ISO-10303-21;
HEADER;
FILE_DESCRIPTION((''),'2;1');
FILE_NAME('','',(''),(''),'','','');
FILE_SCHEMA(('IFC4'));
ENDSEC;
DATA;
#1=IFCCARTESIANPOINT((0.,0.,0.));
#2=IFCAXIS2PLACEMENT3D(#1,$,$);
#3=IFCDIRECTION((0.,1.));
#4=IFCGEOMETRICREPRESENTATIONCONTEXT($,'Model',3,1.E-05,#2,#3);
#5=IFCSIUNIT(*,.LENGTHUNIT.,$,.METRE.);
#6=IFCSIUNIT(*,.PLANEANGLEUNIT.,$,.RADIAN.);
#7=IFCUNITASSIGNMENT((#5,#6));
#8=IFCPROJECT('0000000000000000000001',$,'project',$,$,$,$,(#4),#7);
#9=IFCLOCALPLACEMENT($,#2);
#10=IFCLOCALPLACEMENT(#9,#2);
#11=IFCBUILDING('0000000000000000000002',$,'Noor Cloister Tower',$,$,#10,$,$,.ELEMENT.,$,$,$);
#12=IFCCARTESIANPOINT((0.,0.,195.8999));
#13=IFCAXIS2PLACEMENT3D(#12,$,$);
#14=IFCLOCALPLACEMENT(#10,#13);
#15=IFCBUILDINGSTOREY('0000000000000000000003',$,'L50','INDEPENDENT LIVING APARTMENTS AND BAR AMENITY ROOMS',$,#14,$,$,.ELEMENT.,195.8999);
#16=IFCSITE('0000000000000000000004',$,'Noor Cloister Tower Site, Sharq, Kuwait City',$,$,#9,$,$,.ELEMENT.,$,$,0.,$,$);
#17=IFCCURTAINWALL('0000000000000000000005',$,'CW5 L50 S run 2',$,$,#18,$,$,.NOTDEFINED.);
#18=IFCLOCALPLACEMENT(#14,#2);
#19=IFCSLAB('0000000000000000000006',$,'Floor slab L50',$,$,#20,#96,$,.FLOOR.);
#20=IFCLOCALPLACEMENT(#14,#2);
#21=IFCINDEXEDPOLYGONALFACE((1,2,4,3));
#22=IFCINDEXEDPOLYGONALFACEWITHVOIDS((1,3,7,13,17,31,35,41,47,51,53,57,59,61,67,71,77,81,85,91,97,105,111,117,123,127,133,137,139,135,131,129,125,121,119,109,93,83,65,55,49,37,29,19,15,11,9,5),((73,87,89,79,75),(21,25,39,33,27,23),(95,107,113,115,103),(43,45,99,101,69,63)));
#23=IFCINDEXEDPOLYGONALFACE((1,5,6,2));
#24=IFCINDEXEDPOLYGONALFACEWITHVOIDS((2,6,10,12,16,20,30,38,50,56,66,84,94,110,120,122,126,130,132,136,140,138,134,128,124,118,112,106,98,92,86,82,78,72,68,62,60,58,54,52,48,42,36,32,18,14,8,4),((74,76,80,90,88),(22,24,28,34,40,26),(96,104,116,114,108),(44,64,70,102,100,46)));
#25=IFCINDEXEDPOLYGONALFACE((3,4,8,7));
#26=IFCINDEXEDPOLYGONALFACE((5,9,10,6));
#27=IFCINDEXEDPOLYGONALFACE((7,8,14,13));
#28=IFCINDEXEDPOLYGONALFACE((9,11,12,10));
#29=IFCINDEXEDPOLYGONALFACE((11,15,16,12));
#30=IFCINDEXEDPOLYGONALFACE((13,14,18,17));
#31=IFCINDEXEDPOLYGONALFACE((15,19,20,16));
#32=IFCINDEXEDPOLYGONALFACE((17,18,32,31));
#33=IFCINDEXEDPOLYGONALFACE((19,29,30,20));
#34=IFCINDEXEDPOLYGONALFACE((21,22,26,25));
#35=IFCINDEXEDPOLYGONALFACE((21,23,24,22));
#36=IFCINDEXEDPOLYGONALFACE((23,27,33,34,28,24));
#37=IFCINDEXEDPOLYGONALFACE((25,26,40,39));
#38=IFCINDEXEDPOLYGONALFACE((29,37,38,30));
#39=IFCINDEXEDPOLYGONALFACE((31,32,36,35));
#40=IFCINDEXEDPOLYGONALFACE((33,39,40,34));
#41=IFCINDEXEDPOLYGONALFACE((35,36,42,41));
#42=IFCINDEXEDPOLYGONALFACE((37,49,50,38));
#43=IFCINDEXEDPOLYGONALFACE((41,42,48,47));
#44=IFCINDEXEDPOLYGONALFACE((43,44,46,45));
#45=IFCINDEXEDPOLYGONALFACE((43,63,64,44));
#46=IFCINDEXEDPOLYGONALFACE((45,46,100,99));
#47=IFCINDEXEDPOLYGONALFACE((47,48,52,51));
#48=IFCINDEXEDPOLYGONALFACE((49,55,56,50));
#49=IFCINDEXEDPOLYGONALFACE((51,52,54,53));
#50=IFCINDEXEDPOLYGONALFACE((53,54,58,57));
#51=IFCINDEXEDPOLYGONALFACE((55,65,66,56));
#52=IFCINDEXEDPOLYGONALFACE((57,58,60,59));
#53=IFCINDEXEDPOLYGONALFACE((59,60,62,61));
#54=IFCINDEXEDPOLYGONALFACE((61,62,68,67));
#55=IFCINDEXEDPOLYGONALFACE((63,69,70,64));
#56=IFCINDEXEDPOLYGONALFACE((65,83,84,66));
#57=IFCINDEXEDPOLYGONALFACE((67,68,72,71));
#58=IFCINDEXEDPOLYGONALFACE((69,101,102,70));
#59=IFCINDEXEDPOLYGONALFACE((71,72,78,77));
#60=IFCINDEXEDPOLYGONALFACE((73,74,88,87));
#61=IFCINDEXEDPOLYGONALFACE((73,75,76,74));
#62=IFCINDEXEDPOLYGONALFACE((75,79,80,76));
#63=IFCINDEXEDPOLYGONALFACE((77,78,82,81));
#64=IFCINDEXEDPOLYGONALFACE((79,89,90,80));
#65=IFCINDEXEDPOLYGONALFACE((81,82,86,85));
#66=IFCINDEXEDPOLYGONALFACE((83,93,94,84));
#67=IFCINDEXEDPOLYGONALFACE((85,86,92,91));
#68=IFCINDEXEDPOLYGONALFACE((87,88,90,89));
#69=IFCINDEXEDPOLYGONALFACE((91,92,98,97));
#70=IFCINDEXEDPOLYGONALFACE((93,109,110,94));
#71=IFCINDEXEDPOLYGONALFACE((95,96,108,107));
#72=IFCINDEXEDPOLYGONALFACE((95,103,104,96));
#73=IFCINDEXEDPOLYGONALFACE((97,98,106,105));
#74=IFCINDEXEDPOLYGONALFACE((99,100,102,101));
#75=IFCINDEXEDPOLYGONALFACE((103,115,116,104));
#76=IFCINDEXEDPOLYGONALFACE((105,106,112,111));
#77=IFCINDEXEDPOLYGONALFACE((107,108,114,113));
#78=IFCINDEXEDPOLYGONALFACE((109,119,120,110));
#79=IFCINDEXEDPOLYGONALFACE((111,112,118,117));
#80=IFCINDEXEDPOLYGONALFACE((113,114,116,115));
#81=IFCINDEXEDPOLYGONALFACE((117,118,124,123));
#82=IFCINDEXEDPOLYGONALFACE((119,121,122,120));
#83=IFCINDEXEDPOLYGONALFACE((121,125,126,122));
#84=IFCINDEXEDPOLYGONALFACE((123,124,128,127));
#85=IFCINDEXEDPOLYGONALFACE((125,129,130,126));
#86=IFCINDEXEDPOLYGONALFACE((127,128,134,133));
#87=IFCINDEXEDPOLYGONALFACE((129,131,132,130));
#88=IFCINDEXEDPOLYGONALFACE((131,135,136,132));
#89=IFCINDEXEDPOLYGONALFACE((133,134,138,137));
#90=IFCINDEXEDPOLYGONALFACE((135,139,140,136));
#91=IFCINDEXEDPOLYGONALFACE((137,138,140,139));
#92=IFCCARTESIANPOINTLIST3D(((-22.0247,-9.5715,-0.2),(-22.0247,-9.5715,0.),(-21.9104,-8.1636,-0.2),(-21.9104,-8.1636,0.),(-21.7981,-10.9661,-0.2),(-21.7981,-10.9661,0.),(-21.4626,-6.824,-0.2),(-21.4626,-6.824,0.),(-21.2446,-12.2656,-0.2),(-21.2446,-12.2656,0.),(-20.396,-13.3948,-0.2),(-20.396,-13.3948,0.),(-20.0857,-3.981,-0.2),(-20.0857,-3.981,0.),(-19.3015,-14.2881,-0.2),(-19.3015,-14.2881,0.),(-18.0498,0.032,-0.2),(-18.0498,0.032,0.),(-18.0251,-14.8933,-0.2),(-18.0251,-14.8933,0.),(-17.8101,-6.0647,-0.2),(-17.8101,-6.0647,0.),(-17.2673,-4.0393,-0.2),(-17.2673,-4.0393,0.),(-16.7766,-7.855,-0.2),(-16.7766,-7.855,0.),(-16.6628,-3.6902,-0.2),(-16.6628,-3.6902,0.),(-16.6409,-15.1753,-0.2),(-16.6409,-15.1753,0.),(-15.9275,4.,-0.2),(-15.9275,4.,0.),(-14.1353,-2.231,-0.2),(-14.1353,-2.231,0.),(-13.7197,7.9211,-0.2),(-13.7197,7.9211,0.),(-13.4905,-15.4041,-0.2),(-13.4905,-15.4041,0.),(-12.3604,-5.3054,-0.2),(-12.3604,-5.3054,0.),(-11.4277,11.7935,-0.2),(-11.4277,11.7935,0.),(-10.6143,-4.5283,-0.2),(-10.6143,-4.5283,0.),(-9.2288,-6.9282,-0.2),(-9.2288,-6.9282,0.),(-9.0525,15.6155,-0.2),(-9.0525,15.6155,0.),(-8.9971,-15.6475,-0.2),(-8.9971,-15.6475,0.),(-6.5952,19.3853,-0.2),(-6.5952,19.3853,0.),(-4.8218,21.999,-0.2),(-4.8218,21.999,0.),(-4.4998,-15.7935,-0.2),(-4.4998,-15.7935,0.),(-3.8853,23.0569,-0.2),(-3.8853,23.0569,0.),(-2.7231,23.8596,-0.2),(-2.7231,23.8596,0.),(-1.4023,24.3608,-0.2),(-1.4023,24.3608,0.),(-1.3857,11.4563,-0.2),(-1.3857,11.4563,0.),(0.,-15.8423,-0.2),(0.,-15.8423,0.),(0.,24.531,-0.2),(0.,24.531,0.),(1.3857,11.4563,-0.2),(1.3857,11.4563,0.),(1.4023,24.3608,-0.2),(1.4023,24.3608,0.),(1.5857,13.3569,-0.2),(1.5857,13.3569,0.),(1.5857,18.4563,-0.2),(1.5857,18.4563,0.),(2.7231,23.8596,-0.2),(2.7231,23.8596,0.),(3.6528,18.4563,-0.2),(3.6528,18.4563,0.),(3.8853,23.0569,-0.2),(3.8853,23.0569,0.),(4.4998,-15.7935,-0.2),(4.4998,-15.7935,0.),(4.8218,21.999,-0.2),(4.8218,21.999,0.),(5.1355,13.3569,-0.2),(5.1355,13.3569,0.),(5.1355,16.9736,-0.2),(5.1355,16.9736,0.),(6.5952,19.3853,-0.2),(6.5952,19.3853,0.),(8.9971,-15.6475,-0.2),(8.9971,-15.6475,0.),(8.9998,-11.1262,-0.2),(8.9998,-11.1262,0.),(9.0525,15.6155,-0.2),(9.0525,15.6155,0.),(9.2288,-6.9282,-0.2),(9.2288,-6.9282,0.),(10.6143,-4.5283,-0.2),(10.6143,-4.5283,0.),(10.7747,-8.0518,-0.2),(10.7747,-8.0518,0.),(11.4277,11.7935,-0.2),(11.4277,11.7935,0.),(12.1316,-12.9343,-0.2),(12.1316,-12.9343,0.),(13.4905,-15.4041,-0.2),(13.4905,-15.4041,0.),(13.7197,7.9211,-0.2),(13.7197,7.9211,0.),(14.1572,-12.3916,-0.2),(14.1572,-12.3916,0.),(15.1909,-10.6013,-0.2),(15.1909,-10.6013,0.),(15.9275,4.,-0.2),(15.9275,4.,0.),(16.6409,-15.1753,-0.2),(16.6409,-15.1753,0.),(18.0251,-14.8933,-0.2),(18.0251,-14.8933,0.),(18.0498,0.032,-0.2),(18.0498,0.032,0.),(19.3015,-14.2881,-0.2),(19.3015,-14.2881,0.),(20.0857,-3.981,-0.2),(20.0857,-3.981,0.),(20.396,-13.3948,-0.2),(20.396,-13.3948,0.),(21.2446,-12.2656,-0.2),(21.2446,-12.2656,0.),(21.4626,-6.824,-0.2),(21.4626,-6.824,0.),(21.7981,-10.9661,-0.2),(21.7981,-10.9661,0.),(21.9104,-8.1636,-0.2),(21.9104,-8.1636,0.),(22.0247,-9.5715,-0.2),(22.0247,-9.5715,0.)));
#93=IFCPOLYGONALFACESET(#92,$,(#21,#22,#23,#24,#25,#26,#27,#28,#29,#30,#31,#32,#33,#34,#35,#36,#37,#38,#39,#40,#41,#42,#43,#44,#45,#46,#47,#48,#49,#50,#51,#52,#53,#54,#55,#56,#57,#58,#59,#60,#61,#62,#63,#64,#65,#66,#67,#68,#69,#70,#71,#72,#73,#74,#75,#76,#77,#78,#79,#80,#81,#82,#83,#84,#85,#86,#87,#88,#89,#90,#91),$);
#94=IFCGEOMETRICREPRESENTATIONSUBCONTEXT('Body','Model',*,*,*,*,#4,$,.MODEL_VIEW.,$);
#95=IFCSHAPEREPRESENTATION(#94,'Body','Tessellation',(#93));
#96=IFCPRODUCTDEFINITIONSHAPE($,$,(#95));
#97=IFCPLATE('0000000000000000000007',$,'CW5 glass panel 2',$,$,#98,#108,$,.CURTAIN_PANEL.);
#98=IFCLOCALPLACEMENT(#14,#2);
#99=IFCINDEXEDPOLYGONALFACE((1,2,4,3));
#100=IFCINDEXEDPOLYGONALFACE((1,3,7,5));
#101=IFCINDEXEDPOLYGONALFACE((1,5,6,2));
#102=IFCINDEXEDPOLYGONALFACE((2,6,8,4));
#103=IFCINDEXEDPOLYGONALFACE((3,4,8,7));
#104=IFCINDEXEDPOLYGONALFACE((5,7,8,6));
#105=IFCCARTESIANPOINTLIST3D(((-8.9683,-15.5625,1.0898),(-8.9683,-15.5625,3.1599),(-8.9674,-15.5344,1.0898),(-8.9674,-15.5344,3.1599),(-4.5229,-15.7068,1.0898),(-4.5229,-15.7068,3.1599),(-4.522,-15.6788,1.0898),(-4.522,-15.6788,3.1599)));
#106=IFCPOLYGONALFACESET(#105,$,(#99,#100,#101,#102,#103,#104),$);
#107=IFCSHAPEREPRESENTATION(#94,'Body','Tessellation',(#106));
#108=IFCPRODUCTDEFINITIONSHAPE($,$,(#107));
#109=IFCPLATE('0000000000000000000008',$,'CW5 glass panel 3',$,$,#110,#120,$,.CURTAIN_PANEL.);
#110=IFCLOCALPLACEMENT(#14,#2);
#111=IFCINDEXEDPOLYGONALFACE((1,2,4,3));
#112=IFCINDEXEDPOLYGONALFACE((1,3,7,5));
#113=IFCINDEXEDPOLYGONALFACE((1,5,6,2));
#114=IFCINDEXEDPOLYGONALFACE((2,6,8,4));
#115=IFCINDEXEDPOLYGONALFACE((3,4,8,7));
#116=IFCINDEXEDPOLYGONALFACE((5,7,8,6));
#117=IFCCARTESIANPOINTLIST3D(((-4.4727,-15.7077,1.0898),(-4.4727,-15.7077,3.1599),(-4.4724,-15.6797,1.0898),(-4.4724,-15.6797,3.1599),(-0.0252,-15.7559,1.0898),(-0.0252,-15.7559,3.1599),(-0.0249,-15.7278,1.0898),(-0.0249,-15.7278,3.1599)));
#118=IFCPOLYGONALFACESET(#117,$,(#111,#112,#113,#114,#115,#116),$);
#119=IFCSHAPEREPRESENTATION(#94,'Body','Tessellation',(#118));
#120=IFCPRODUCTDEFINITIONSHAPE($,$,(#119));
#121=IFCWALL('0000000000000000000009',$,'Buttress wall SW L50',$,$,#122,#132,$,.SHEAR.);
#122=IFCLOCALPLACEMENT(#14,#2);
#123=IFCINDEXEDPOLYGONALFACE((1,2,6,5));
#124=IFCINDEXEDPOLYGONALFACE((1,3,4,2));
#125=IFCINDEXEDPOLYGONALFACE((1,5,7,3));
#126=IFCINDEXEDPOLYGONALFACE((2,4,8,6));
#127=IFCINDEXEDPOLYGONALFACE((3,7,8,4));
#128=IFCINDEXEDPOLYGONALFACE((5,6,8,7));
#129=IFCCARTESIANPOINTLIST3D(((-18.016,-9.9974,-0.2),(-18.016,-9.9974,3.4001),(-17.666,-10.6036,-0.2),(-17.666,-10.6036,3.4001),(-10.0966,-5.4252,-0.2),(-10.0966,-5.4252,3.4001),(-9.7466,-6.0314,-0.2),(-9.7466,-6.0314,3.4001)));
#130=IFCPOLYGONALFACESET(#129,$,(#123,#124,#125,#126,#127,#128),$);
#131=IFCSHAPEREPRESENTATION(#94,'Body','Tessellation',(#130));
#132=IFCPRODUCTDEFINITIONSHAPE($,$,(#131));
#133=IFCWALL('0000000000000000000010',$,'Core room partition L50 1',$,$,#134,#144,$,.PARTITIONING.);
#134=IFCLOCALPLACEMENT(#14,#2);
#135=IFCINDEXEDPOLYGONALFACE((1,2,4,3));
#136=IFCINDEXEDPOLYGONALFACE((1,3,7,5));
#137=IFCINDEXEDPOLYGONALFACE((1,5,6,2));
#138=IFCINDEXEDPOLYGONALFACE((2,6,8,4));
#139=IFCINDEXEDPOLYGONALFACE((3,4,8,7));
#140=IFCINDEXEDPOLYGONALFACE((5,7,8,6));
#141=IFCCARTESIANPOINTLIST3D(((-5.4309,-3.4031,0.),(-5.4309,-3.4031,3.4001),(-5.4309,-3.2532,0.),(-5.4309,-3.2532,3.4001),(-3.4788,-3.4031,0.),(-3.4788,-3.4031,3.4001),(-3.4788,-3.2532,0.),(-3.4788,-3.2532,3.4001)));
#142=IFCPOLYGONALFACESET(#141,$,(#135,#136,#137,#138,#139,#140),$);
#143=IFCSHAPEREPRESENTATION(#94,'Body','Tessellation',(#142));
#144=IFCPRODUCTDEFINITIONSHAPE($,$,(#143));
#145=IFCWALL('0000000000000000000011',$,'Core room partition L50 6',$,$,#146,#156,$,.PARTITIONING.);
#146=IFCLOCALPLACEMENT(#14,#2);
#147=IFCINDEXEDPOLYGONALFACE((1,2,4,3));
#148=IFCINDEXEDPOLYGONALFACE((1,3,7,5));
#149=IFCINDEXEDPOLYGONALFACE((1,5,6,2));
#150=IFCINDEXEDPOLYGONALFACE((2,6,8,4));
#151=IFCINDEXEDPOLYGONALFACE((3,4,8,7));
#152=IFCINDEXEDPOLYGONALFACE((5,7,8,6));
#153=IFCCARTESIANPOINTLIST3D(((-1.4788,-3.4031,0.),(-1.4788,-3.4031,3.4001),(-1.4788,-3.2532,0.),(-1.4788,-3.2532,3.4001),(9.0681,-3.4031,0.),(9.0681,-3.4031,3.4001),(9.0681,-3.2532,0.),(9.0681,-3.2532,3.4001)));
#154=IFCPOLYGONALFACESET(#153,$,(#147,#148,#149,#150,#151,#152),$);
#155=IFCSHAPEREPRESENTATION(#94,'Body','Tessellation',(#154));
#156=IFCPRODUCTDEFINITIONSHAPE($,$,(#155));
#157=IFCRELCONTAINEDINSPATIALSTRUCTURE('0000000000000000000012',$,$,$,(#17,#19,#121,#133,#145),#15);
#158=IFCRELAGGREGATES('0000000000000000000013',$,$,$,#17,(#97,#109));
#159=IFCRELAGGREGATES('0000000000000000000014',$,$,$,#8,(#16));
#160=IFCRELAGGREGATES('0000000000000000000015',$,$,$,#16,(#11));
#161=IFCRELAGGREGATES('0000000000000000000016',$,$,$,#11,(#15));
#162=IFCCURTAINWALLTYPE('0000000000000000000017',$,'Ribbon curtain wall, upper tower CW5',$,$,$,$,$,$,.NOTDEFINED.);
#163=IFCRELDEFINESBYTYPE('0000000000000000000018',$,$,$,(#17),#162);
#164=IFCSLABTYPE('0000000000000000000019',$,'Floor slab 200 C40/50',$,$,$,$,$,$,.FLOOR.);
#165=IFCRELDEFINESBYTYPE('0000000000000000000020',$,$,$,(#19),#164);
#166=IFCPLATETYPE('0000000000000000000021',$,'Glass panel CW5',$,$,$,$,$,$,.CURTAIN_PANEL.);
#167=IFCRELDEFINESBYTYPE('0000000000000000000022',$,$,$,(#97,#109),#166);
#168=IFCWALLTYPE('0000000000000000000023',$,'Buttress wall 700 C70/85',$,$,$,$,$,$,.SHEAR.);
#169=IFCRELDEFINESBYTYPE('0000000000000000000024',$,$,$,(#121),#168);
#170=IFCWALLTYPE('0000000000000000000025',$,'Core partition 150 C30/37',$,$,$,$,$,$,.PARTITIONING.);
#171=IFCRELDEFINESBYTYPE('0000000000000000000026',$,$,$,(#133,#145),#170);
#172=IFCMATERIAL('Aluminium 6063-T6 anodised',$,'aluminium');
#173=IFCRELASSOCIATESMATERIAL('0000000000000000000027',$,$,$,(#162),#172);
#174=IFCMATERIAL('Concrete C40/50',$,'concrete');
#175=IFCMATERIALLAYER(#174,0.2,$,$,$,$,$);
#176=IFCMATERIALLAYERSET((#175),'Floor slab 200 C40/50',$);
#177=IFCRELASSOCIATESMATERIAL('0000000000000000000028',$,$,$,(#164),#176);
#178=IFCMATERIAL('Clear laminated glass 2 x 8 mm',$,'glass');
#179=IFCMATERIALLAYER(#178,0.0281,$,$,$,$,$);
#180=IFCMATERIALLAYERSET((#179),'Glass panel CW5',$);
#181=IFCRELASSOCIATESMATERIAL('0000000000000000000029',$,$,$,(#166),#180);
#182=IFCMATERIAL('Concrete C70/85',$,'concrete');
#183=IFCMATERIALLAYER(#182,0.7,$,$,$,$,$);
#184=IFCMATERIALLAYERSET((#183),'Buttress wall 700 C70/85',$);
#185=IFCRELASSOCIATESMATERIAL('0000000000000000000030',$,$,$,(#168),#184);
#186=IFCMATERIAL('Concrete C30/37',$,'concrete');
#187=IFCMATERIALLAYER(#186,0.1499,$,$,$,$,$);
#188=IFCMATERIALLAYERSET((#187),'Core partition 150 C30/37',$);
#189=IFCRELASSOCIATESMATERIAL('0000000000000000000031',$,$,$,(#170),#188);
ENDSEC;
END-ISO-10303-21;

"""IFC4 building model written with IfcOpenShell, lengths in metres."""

from ifc_helpers import new_model, si_unit, direction, frame, frame_2d, origin, origin_2d, place, context, subcontext, project, spatial, polyline, rectangle, outline, extrude, material, layer, layer_set, type_object, element, aggregate, save


model = new_model("IFC4")

# Units and contexts
model_context = context("Model", 3, precision=1e-05, world=origin(), true_north=direction((0.0, 1.0)))
body_context = subcontext(model_context, "Body", "Model", "MODEL_VIEW")
ifc_project = project(units=[si_unit("LENGTHUNIT", "METRE"), si_unit("PLANEANGLEUNIT", "RADIAN")], contexts=[model_context])

# Site, building, storey
site_placement = place(None, origin())
site = spatial("IfcSite", under=ifc_project, at=site_placement, Name="Noor Cloister Tower Site, Sharq, Kuwait City", CompositionType="ELEMENT", RefElevation=0.0)
building_placement = place(site_placement, origin())
building = spatial("IfcBuilding", under=site, at=building_placement, Name="Noor Cloister Tower", CompositionType="ELEMENT")
storey_placement = place(building_placement, frame((0.0, 0.0, 195.8999)))
storey = spatial("IfcBuildingStorey", under=building, at=storey_placement, Name="L50", Description="INDEPENDENT LIVING APARTMENTS AND BAR AMENITY ROOMS", CompositionType="ELEMENT", Elevation=195.8999)

# Shared definitions
ifc_material_1 = material(Name="Aluminium 6063-T6 anodised", Category="aluminium")
curtain_wall_type = type_object("IfcCurtainWallType", Name="Ribbon curtain wall, upper tower CW5", PredefinedType="NOTDEFINED", material=ifc_material_1)

# Curtain wall
curtain_wall_1_placement = place(storey_placement, origin())
curtain_wall_1 = element("IfcCurtainWall", 1, at=curtain_wall_1_placement, inside=storey, type_object=curtain_wall_type, Name="CW5 L50 S run 2", PredefinedType="NOTDEFINED")

# Slab
ifc_material_2 = material(Name="Concrete C40/50", Category="concrete")
ifc_layer_1 = layer(ifc_material_2, 0.2)
ifc_layer_set_1 = layer_set([ifc_layer_1], Name="Floor slab 200 C40/50")
slab_type = type_object("IfcSlabType", Name="Floor slab 200 C40/50", PredefinedType="FLOOR", material=ifc_layer_set_1)
slab_placement = place(storey_placement, frame((0.0, 0.0, -0.2)))
element("IfcSlab", 2, at=slab_placement, inside=storey, type_object=slab_type, Name="Floor slab L50", PredefinedType="FLOOR", context=body_context, shape_type="SweptSolid", body=[
    extrude(outline(polyline([(4.8218, 21.999), (3.8853, 23.0569), (2.7231, 23.8596), (1.4023, 24.3608), (0.0, 24.531), (-1.4023, 24.3608), (-2.7231, 23.8596), (-3.8853, 23.0569), (-4.8218, 21.999), (-6.5952, 19.3853), (-9.0525, 15.6155), (-11.4277, 11.7935), (-13.7197, 7.9211), (-15.9275, 4.0), (-18.0498, 0.032), (-20.0857, -3.981), (-21.4626, -6.824), (-21.9104, -8.1636), (-22.0247, -9.5715), (-21.7981, -10.9661), (-21.2446, -12.2656), (-20.396, -13.3948), (-19.3015, -14.2881), (-18.0251, -14.8933), (-16.6409, -15.1753), (-13.4905, -15.4041), (-8.9971, -15.6475), (-4.4998, -15.7935), (0.0, -15.8423), (4.4998, -15.7935), (8.9971, -15.6475), (13.4905, -15.4041), (16.6409, -15.1753), (18.0251, -14.8933), (19.3015, -14.2881), (20.396, -13.3948), (21.2446, -12.2656), (21.7981, -10.9661), (22.0247, -9.5715), (21.9104, -8.1636), (21.4626, -6.824), (20.0857, -3.981), (18.0498, 0.032), (15.9275, 4.0), (13.7197, 7.9211), (11.4277, 11.7935), (9.0525, 15.6155), (6.5952, 19.3853), (4.8218, 21.999)]), holes=[polyline([(8.9998, -11.1262), (12.1316, -12.9343), (14.1572, -12.3916), (15.1909, -10.6013), (10.7747, -8.0518), (8.9998, -11.1262)]), polyline([(-17.8101, -6.0647), (-16.7766, -7.855), (-12.3604, -5.3054), (-14.1353, -2.231), (-16.6628, -3.6902), (-17.2673, -4.0393), (-17.8101, -6.0647)]), polyline([(-10.6143, -4.5283), (-9.2288, -6.9282), (9.2288, -6.9282), (10.6143, -4.5283), (1.3857, 11.4563), (-1.3857, 11.4563), (-10.6143, -4.5283)]), polyline([(3.6528, 18.4563), (1.5857, 18.4563), (1.5857, 13.3569), (5.1355, 13.3569), (5.1355, 16.9736), (3.6528, 18.4563)])]), origin(), (0.0, 0.0, 1.0), 0.2),
])

# Plates
ifc_material_3 = material(Name="Clear laminated glass 2 x 8 mm", Category="glass")
ifc_layer_2 = layer(ifc_material_3, 0.0281)
ifc_layer_set_2 = layer_set([ifc_layer_2], Name="Glass panel CW5")
plate_type = type_object("IfcPlateType", Name="Glass panel CW5", PredefinedType="CURTAIN_PANEL", material=ifc_layer_set_2)
plate_1_placement = place(storey_placement, frame((-6.7451, -15.6206, 1.0898), z_axis=(0.0, 0.0, 1.0), x_axis=(0.999473, -0.032455, 0.0)))
plate_1 = element("IfcPlate", 3, at=plate_1_placement, type_object=plate_type, Name="CW5 glass panel 2", PredefinedType="CURTAIN_PANEL", context=body_context, shape_type="SweptSolid", body=[
    extrude(rectangle(XDim=4.4478, YDim=0.0281, at=origin_2d()), origin(), (0.0, 0.0, 1.0), 2.0701),
])
plate_2_placement = place(storey_placement, frame((-2.2488, -15.7178, 1.0898), z_axis=(0.0, 0.0, 1.0), x_axis=(0.999941, -0.01082, 0.0)))
plate_2 = element("IfcPlate", 4, at=plate_2_placement, type_object=plate_type, Name="CW5 glass panel 3", PredefinedType="CURTAIN_PANEL", context=body_context, shape_type="SweptSolid", body=[
    extrude(rectangle(XDim=4.4478, YDim=0.0281, at=origin_2d()), origin(), (0.0, 0.0, 1.0), 2.0701),
])
aggregate(curtain_wall_1, [plate_1, plate_2])

# Walls
ifc_material_4 = material(Name="Concrete C70/85", Category="concrete")
ifc_layer_3 = layer(ifc_material_4, 0.7)
ifc_layer_set_3 = layer_set([ifc_layer_3], Name="Buttress wall 700 C70/85")
wall_type_1 = type_object("IfcWallType", Name="Buttress wall 700 C70/85", PredefinedType="SHEAR", material=ifc_layer_set_3)
wall_1_placement = place(storey_placement, frame((-9.9216, -5.7283, -0.2), z_axis=(0.0, 0.0, 1.0), x_axis=(-0.866026, -0.499998, 0.0)))
element("IfcWall", 5, at=wall_1_placement, inside=storey, type_object=wall_type_1, Name="Buttress wall SW L50", PredefinedType="SHEAR", context=body_context, shape_type="SweptSolid", body=[
    extrude(rectangle(XDim=9.1445, YDim=0.7, at=frame_2d((4.5723, 0.0))), origin(), (0.0, 0.0, 1.0), 3.6001),
])
ifc_material_5 = material(Name="Concrete C30/37", Category="concrete")
ifc_layer_4 = layer(ifc_material_5, 0.1499)
ifc_layer_set_4 = layer_set([ifc_layer_4], Name="Core partition 150 C30/37")
wall_type_2 = type_object("IfcWallType", Name="Core partition 150 C30/37", PredefinedType="PARTITIONING", material=ifc_layer_set_4)
wall_2_placement = place(storey_placement, frame((-5.4309, -3.3281, 0.0), z_axis=(0.0, 0.0, 1.0), x_axis=(1.0, 0.0, 0.0)))
element("IfcWall", 6, at=wall_2_placement, inside=storey, type_object=wall_type_2, Name="Core room partition L50 1", PredefinedType="PARTITIONING", context=body_context, shape_type="SweptSolid", body=[
    extrude(rectangle(XDim=1.9521, YDim=0.1499, at=frame_2d((0.9761, 0.0))), origin(), (0.0, 0.0, 1.0), 3.4001),
])
wall_3_placement = place(storey_placement, frame((-1.4788, -3.3281, 0.0), z_axis=(0.0, 0.0, 1.0), x_axis=(1.0, 0.0, 0.0)))
element("IfcWall", 7, at=wall_3_placement, inside=storey, type_object=wall_type_2, Name="Core room partition L50 6", PredefinedType="PARTITIONING", context=body_context, shape_type="SweptSolid", body=[
    extrude(rectangle(XDim=10.5469, YDim=0.1499, at=frame_2d((5.2734, 0.0))), origin(), (0.0, 0.0, 1.0), 3.4001),
])

save(model, "model.ifc")
